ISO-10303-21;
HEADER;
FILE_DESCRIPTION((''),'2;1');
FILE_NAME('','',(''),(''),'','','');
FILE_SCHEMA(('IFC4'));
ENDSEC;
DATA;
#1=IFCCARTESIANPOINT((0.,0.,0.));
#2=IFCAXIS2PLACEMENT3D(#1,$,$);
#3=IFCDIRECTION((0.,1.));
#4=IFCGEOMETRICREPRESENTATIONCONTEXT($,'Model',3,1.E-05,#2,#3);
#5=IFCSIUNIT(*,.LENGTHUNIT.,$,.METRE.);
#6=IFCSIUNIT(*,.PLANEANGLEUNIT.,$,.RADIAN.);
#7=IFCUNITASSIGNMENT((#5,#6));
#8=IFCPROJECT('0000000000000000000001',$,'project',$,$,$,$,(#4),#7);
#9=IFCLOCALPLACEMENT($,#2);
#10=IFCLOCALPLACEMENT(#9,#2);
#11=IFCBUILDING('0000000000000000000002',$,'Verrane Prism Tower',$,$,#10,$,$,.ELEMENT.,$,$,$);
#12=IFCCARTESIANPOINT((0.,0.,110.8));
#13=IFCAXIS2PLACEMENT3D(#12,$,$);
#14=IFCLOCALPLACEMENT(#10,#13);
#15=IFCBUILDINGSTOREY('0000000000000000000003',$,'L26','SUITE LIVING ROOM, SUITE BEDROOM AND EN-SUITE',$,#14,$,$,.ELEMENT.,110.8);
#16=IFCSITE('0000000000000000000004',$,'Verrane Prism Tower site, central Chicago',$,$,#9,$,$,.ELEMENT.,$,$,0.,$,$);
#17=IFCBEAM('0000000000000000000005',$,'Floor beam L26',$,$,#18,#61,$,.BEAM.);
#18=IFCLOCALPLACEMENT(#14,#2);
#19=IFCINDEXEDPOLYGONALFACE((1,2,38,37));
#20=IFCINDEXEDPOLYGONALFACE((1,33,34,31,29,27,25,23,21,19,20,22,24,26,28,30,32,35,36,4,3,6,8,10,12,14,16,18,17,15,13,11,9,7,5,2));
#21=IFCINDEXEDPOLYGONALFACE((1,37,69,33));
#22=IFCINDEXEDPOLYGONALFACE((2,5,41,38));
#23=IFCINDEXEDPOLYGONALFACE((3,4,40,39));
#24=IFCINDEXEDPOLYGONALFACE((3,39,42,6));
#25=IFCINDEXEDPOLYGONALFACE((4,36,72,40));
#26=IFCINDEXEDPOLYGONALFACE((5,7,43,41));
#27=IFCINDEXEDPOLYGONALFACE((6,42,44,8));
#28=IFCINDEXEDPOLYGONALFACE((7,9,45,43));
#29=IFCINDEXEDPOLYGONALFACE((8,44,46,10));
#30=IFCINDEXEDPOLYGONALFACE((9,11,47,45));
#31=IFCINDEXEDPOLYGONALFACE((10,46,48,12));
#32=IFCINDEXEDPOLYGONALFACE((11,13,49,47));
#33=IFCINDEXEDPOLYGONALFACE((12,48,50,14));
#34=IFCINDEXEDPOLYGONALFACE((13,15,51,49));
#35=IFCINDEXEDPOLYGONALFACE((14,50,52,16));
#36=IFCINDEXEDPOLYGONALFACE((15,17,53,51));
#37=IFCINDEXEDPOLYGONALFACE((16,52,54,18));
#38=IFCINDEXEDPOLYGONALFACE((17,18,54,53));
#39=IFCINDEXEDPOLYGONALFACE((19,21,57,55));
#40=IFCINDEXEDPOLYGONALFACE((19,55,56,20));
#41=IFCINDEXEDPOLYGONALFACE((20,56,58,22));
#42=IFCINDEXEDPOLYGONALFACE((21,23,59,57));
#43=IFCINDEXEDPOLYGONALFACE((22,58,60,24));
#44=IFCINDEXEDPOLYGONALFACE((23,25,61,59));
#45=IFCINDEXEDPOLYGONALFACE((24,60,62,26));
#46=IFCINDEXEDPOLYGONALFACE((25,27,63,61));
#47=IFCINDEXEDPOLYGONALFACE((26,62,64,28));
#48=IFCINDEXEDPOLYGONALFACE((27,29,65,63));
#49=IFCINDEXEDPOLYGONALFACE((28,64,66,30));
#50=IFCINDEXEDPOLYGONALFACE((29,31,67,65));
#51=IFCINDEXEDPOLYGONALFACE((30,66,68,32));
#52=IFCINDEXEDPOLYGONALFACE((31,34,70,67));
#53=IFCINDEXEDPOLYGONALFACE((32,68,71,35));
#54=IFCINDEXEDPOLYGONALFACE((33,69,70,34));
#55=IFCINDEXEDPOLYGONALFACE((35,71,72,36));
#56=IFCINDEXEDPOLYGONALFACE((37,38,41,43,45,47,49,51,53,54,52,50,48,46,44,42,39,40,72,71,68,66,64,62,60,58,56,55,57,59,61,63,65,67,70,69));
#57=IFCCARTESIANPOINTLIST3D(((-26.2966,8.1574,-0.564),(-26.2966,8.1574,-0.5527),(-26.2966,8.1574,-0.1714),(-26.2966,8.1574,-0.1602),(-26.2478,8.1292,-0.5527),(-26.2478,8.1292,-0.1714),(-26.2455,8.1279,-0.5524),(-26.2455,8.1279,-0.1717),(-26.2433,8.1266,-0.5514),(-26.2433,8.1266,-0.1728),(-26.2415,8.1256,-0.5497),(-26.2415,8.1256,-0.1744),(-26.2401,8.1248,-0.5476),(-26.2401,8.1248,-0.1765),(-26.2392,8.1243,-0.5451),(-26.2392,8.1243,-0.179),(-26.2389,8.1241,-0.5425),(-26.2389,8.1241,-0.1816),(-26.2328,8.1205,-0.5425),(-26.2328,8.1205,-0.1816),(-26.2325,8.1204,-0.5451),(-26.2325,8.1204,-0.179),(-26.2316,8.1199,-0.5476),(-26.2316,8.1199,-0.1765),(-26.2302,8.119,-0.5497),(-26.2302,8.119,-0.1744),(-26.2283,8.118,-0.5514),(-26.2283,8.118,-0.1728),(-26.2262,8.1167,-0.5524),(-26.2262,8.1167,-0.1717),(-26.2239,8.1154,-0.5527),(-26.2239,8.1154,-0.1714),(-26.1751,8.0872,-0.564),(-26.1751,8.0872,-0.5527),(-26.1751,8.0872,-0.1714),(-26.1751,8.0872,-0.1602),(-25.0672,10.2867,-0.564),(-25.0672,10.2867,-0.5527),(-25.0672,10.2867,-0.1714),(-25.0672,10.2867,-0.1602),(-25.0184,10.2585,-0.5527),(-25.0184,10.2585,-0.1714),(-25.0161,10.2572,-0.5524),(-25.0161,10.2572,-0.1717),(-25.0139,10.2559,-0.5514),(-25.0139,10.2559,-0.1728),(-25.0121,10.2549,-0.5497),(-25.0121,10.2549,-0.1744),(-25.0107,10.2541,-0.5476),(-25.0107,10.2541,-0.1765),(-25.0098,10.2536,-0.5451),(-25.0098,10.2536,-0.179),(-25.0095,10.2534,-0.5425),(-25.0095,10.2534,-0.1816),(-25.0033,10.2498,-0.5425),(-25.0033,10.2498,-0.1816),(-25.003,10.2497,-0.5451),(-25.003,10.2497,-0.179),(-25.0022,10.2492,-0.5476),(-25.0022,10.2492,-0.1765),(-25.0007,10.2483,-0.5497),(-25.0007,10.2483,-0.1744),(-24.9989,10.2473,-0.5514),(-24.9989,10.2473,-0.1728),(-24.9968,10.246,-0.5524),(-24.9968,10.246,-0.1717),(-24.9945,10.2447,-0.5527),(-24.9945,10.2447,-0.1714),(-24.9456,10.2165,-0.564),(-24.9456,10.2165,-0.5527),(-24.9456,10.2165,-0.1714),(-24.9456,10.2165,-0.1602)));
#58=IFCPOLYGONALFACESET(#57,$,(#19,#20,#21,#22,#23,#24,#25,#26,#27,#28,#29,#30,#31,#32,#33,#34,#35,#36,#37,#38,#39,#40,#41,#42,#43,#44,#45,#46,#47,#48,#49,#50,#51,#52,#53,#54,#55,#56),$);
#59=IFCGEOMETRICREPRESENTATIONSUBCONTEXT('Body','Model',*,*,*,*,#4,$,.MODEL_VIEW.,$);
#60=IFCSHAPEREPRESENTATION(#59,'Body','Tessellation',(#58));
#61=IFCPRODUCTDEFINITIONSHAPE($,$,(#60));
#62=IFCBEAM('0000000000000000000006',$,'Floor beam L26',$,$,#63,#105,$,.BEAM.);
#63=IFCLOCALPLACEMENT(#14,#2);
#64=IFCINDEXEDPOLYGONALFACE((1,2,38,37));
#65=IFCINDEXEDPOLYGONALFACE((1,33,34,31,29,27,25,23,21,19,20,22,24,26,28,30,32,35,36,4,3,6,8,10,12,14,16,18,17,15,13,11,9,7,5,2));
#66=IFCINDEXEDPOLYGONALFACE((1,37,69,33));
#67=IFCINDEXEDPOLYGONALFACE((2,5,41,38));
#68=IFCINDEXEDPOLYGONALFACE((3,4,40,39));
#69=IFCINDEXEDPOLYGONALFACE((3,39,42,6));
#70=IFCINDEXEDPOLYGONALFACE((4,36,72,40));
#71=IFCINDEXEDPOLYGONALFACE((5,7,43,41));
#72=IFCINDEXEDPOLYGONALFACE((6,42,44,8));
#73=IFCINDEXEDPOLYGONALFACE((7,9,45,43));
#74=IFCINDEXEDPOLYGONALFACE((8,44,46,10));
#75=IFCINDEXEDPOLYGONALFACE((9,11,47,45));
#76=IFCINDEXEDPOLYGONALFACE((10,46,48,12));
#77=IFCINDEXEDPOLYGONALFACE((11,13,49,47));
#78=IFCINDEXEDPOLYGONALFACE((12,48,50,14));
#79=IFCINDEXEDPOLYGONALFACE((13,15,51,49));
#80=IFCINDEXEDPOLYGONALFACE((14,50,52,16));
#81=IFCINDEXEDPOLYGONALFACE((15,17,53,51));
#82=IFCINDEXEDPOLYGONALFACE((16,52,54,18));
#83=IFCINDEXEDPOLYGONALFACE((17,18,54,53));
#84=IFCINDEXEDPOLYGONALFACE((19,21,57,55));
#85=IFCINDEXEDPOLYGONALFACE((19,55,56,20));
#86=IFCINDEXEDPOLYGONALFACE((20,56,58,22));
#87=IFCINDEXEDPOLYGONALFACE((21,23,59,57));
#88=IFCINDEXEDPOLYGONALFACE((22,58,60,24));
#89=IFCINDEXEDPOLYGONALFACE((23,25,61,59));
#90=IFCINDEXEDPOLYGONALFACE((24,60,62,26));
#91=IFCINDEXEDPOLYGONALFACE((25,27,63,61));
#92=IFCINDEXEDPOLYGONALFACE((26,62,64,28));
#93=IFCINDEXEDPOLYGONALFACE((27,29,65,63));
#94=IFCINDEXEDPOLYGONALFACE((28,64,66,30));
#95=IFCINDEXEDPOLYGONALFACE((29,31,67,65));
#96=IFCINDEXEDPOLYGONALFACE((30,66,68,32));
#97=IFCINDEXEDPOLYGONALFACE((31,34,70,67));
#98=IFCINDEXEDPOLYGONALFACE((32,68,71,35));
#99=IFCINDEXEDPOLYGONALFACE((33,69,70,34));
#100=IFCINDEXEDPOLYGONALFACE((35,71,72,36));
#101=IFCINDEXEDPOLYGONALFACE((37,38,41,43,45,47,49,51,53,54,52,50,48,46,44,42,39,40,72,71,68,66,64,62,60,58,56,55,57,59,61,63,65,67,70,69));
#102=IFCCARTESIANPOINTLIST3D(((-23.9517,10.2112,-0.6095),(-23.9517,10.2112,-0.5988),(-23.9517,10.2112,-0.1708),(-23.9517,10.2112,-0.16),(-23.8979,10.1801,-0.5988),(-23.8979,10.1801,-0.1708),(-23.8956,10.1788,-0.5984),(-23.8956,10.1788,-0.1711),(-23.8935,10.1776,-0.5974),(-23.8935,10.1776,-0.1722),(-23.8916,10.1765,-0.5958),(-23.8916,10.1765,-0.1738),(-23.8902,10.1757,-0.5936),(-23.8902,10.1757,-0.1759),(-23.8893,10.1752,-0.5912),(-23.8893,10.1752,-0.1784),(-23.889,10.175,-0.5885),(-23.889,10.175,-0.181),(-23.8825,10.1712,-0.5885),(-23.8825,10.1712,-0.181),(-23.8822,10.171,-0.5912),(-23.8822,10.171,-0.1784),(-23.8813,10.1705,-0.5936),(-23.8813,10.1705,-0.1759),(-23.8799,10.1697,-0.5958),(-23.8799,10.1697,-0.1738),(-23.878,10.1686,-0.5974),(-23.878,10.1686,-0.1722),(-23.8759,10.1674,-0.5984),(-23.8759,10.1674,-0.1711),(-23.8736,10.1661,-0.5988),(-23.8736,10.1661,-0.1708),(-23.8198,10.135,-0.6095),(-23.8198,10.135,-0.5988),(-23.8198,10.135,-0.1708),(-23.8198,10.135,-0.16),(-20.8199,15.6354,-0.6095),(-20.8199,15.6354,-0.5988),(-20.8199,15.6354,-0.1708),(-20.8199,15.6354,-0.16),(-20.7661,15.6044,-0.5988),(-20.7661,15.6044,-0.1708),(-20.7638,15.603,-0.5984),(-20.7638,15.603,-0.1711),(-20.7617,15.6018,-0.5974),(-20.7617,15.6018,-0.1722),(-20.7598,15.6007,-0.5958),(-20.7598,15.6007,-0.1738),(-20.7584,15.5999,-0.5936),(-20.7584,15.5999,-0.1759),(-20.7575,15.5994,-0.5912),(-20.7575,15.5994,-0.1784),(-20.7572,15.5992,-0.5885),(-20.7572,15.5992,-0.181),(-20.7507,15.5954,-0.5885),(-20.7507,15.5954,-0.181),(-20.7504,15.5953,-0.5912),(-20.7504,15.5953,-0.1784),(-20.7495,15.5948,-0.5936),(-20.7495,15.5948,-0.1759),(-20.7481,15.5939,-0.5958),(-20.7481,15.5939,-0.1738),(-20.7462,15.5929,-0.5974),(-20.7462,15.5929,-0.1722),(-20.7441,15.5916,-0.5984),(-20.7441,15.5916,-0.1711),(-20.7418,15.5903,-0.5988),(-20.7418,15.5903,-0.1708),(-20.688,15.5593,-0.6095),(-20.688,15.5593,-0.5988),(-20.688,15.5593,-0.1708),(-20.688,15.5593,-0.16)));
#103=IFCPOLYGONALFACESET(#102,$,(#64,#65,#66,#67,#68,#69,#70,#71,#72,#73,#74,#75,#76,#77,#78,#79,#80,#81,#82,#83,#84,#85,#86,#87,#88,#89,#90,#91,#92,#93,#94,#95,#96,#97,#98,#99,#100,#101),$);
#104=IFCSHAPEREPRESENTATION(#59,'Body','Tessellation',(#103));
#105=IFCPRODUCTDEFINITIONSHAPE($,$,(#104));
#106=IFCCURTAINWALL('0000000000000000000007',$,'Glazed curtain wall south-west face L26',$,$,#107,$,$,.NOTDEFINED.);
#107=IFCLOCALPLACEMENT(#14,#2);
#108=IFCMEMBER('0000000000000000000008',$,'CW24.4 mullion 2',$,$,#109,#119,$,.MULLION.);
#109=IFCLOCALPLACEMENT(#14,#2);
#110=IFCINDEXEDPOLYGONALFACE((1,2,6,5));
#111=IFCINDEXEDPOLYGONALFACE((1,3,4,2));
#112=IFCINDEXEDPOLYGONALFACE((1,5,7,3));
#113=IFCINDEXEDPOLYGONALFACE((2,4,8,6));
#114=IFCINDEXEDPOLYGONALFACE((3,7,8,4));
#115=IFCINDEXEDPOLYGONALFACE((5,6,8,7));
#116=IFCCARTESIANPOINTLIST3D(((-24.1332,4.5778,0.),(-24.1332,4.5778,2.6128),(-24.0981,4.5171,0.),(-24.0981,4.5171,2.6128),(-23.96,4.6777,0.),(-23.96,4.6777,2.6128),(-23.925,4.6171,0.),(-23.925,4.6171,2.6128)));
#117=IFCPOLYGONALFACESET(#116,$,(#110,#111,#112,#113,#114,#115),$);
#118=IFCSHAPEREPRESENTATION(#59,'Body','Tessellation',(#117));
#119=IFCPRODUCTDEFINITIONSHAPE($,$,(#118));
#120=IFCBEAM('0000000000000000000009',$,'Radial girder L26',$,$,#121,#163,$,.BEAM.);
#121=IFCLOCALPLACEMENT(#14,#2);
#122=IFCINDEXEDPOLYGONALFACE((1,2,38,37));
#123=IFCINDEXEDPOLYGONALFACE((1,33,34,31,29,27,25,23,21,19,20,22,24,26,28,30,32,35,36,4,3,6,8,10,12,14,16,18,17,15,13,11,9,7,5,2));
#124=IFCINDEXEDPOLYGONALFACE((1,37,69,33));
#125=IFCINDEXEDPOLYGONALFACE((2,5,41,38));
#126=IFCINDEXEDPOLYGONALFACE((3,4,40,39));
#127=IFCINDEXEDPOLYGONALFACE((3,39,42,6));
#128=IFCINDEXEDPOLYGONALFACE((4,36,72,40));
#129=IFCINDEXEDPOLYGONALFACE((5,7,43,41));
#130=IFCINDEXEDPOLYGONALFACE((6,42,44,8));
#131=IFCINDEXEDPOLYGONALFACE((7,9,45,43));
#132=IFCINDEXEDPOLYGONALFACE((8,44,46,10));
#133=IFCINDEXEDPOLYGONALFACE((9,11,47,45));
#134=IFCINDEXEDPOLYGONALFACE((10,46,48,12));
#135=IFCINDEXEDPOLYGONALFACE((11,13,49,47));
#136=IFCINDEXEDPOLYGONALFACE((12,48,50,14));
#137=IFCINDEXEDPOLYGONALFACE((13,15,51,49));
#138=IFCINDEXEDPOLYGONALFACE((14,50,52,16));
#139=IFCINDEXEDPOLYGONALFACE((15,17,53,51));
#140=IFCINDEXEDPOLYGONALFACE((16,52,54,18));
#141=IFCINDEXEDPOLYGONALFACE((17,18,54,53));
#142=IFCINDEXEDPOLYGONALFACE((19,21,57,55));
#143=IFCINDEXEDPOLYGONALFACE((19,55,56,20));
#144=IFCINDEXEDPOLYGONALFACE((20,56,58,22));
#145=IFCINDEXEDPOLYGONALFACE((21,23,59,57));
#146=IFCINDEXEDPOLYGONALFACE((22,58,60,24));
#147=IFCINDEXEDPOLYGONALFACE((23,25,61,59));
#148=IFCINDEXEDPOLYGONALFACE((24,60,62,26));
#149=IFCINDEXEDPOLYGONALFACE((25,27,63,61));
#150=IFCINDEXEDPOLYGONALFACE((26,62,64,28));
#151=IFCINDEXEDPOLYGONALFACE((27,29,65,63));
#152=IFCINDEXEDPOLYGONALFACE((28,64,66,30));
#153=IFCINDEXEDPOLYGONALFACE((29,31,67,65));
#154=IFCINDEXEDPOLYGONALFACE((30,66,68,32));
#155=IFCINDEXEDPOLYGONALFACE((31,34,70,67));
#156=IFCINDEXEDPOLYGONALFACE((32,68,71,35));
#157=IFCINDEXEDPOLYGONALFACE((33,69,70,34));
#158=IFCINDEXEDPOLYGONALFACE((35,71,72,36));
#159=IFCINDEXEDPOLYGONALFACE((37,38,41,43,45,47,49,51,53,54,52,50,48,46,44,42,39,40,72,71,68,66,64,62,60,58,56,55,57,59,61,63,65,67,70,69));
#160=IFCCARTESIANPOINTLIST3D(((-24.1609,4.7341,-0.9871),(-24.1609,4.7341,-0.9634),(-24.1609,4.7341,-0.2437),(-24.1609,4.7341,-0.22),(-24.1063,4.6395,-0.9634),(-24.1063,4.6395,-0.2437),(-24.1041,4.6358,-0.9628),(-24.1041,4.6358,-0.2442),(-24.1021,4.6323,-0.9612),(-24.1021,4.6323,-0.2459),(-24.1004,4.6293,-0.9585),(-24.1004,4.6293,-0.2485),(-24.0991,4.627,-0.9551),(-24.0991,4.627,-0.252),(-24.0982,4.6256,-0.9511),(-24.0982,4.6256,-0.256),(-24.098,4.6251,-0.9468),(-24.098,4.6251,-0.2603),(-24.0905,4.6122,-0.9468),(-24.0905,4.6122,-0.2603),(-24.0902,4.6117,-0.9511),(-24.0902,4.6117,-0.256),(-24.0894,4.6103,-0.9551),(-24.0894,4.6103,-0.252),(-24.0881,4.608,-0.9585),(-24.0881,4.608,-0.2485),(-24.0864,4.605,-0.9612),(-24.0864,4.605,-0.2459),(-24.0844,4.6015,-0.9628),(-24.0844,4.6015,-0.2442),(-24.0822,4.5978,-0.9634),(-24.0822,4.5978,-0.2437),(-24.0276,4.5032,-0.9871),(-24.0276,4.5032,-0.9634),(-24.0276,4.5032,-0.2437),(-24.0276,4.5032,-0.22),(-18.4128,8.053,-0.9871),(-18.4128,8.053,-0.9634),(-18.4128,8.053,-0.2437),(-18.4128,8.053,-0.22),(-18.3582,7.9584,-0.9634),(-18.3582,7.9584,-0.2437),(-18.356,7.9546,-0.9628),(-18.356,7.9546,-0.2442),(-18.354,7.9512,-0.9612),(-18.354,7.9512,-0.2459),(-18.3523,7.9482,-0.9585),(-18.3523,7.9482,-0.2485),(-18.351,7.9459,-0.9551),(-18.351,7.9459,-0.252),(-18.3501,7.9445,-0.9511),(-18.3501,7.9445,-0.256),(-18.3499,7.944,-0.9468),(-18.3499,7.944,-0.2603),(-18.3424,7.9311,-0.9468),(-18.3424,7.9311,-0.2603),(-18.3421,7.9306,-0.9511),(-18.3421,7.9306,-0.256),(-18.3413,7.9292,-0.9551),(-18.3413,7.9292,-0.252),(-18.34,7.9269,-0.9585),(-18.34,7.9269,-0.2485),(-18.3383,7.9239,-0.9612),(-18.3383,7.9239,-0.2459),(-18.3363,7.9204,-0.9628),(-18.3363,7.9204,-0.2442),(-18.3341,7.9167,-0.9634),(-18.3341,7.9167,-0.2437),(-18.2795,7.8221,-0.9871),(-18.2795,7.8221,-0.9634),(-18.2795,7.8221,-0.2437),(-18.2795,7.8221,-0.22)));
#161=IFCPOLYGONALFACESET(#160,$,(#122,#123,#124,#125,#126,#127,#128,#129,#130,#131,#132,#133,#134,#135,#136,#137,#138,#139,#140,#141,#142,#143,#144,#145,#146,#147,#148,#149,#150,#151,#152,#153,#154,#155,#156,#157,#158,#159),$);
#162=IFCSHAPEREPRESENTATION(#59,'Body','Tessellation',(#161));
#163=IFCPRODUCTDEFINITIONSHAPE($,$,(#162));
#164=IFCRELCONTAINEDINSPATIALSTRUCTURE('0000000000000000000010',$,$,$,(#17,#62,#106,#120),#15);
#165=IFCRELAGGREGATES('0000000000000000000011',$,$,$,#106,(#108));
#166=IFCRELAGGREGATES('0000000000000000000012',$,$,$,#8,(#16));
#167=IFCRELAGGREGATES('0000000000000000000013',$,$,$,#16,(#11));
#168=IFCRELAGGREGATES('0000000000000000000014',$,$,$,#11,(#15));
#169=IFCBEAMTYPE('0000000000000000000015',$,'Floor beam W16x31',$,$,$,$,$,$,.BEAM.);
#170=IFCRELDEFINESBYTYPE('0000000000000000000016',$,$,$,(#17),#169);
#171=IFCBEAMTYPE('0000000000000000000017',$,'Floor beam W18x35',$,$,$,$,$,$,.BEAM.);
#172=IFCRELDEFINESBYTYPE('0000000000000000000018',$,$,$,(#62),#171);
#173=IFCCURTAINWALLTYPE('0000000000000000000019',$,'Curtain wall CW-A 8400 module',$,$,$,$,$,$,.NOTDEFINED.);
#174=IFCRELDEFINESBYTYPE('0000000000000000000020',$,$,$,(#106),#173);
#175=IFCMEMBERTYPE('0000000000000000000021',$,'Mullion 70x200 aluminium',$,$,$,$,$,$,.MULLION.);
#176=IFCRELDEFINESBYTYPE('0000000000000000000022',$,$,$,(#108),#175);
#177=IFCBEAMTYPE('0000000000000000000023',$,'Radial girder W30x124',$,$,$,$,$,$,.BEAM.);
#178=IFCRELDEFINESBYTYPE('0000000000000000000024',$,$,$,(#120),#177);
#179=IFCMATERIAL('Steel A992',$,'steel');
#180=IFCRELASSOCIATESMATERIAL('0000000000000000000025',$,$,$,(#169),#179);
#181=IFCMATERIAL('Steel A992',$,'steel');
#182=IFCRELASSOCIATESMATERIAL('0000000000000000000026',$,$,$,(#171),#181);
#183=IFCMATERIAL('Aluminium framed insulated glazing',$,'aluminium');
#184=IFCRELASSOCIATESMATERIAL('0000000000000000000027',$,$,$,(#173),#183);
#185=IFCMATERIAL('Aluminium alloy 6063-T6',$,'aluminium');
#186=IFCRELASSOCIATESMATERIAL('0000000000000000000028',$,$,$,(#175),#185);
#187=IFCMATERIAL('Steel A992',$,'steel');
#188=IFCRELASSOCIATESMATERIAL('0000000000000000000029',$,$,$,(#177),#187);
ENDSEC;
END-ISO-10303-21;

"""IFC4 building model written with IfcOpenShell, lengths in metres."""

from ifc_helpers import new_model, si_unit, direction, frame, origin, origin_2d, place, context, subcontext, project, spatial, rectangle, i_section, extrude, material, material_profile, profile_set, type_object, element, aggregate, save


model = new_model("IFC4")

# Units and contexts
model_context = context("Model", 3, precision=1e-05, world=origin(), true_north=direction((0.0, 1.0)))
body_context = subcontext(model_context, "Body", "Model", "MODEL_VIEW")
ifc_project = project(units=[si_unit("LENGTHUNIT", "METRE"), si_unit("PLANEANGLEUNIT", "RADIAN")], contexts=[model_context])

# Site, building, storey
site_placement = place(None, origin())
site = spatial("IfcSite", under=ifc_project, at=site_placement, Name="Verrane Prism Tower site, central Chicago", CompositionType="ELEMENT", RefElevation=0.0)
building_placement = place(site_placement, origin())
building = spatial("IfcBuilding", under=site, at=building_placement, Name="Verrane Prism Tower", CompositionType="ELEMENT")
storey_placement = place(building_placement, frame((0.0, 0.0, 110.8)))
storey = spatial("IfcBuildingStorey", under=building, at=storey_placement, Name="L26", Description="SUITE LIVING ROOM, SUITE BEDROOM AND EN-SUITE", CompositionType="ELEMENT", Elevation=110.8)

# Beams
ifc_material_1 = material(Name="Steel A992", Category="steel")
ifc_material_profile_1 = material_profile(ifc_material_1, i_section(OverallWidth=0.1404, OverallDepth=0.4038, WebThickness=0.0071, FlangeThickness=0.0112, FilletRadius=0.0103, at=origin_2d()), Name="W16x31")
ifc_profile_set_1 = profile_set([ifc_material_profile_1], Name="Steel A992")
beam_type_1 = type_object("IfcBeamType", Name="Floor beam W16x31", PredefinedType="BEAM", material=ifc_profile_set_1)
beam_1_placement = place(storey_placement, frame((-26.2358, 8.1223, -0.3621), z_axis=(0.500026, 0.86601, 0.0), x_axis=(-0.86601, 0.500026, 0.0)))
element("IfcBeam", 1, at=beam_1_placement, inside=storey, type_object=beam_type_1, Name="Floor beam L26", PredefinedType="BEAM", context=body_context, shape_type="SweptSolid", body=[
    extrude(i_section(OverallWidth=0.1404, OverallDepth=0.4038, WebThickness=0.0071, FlangeThickness=0.0112, FilletRadius=0.0103, at=origin_2d()), origin(), (0.0, 0.0, 1.0), 2.4587),
])
ifc_material_2 = material(Name="Steel A992", Category="steel")
ifc_material_profile_2 = material_profile(ifc_material_2, i_section(OverallWidth=0.1523, OverallDepth=0.4495, WebThickness=0.0076, FlangeThickness=0.0107, FilletRadius=0.0103, at=origin_2d()), Name="W18x35")
ifc_profile_set_2 = profile_set([ifc_material_profile_2], Name="Steel A992")
beam_type_2 = type_object("IfcBeamType", Name="Floor beam W18x35", PredefinedType="BEAM", material=ifc_profile_set_2)
beam_2_placement = place(storey_placement, frame((-23.8857, 10.1731, -0.3848), z_axis=(0.500013, 0.866018, 0.0), x_axis=(-0.866018, 0.500013, 0.0)))
element("IfcBeam", 2, at=beam_2_placement, inside=storey, type_object=beam_type_2, Name="Floor beam L26", PredefinedType="BEAM", context=body_context, shape_type="SweptSolid", body=[
    extrude(i_section(OverallWidth=0.1523, OverallDepth=0.4495, WebThickness=0.0076, FlangeThickness=0.0107, FilletRadius=0.0103, at=origin_2d()), origin(), (0.0, 0.0, 1.0), 6.2634),
])

# Curtain wall, member
ifc_material_3 = material(Name="Aluminium framed insulated glazing", Category="aluminium")
curtain_wall_type = type_object("IfcCurtainWallType", Name="Curtain wall CW-A 8400 module", PredefinedType="NOTDEFINED", material=ifc_material_3)
curtain_wall_placement = place(storey_placement, origin())
curtain_wall = element("IfcCurtainWall", 3, at=curtain_wall_placement, inside=storey, type_object=curtain_wall_type, Name="Glazed curtain wall south-west face L26", PredefinedType="NOTDEFINED")
ifc_material_4 = material(Name="Aluminium alloy 6063-T6", Category="aluminium")
ifc_material_profile_3 = material_profile(ifc_material_4, rectangle(XDim=0.2, YDim=0.0701, at=origin_2d()), Name="Mullion 70x200 aluminium")
ifc_profile_set_3 = profile_set([ifc_material_profile_3], Name="Aluminium alloy 6063-T6")
member_type_1 = type_object("IfcMemberType", Name="Mullion 70x200 aluminium", PredefinedType="MULLION", material=ifc_profile_set_3)
member_1_placement = place(storey_placement, frame((-24.0291, 4.5974, 0.0), z_axis=(0.0, 0.0, 1.0), x_axis=(0.866025, 0.5, 0.0)))
member_1 = element("IfcMember", 4, at=member_1_placement, type_object=member_type_1, Name="CW24.4 mullion 2", PredefinedType="MULLION", context=body_context, shape_type="SweptSolid", body=[
    extrude(rectangle(XDim=0.2, YDim=0.0701, at=origin_2d()), origin(), (0.0, 0.0, 1.0), 2.6128),
])

# Beam
ifc_material_5 = material(Name="Steel A992", Category="steel")
ifc_material_profile_4 = material_profile(ifc_material_5, i_section(OverallWidth=0.2666, OverallDepth=0.7671, WebThickness=0.0149, FlangeThickness=0.0237, FilletRadius=0.0166, at=origin_2d()), Name="W30x124")
ifc_profile_set_4 = profile_set([ifc_material_profile_4], Name="Steel A992")
beam_type_3 = type_object("IfcBeamType", Name="Radial girder W30x124", PredefinedType="BEAM", material=ifc_profile_set_4)
beam_3_placement = place(storey_placement, frame((-24.0942, 4.6187, -0.6035), z_axis=(0.866012, 0.500024, 0.0), x_axis=(-0.500024, 0.866012, 0.0)))
element("IfcBeam", 5, at=beam_3_placement, inside=storey, type_object=beam_type_3, Name="Radial girder L26", PredefinedType="BEAM", context=body_context, shape_type="SweptSolid", body=[
    extrude(i_section(OverallWidth=0.2666, OverallDepth=0.7671, WebThickness=0.0149, FlangeThickness=0.0237, FilletRadius=0.0166, at=origin_2d()), origin(), (0.0, 0.0, 1.0), 6.6375),
])

aggregate(curtain_wall, [member_1])

save(model, "model.ifc")
